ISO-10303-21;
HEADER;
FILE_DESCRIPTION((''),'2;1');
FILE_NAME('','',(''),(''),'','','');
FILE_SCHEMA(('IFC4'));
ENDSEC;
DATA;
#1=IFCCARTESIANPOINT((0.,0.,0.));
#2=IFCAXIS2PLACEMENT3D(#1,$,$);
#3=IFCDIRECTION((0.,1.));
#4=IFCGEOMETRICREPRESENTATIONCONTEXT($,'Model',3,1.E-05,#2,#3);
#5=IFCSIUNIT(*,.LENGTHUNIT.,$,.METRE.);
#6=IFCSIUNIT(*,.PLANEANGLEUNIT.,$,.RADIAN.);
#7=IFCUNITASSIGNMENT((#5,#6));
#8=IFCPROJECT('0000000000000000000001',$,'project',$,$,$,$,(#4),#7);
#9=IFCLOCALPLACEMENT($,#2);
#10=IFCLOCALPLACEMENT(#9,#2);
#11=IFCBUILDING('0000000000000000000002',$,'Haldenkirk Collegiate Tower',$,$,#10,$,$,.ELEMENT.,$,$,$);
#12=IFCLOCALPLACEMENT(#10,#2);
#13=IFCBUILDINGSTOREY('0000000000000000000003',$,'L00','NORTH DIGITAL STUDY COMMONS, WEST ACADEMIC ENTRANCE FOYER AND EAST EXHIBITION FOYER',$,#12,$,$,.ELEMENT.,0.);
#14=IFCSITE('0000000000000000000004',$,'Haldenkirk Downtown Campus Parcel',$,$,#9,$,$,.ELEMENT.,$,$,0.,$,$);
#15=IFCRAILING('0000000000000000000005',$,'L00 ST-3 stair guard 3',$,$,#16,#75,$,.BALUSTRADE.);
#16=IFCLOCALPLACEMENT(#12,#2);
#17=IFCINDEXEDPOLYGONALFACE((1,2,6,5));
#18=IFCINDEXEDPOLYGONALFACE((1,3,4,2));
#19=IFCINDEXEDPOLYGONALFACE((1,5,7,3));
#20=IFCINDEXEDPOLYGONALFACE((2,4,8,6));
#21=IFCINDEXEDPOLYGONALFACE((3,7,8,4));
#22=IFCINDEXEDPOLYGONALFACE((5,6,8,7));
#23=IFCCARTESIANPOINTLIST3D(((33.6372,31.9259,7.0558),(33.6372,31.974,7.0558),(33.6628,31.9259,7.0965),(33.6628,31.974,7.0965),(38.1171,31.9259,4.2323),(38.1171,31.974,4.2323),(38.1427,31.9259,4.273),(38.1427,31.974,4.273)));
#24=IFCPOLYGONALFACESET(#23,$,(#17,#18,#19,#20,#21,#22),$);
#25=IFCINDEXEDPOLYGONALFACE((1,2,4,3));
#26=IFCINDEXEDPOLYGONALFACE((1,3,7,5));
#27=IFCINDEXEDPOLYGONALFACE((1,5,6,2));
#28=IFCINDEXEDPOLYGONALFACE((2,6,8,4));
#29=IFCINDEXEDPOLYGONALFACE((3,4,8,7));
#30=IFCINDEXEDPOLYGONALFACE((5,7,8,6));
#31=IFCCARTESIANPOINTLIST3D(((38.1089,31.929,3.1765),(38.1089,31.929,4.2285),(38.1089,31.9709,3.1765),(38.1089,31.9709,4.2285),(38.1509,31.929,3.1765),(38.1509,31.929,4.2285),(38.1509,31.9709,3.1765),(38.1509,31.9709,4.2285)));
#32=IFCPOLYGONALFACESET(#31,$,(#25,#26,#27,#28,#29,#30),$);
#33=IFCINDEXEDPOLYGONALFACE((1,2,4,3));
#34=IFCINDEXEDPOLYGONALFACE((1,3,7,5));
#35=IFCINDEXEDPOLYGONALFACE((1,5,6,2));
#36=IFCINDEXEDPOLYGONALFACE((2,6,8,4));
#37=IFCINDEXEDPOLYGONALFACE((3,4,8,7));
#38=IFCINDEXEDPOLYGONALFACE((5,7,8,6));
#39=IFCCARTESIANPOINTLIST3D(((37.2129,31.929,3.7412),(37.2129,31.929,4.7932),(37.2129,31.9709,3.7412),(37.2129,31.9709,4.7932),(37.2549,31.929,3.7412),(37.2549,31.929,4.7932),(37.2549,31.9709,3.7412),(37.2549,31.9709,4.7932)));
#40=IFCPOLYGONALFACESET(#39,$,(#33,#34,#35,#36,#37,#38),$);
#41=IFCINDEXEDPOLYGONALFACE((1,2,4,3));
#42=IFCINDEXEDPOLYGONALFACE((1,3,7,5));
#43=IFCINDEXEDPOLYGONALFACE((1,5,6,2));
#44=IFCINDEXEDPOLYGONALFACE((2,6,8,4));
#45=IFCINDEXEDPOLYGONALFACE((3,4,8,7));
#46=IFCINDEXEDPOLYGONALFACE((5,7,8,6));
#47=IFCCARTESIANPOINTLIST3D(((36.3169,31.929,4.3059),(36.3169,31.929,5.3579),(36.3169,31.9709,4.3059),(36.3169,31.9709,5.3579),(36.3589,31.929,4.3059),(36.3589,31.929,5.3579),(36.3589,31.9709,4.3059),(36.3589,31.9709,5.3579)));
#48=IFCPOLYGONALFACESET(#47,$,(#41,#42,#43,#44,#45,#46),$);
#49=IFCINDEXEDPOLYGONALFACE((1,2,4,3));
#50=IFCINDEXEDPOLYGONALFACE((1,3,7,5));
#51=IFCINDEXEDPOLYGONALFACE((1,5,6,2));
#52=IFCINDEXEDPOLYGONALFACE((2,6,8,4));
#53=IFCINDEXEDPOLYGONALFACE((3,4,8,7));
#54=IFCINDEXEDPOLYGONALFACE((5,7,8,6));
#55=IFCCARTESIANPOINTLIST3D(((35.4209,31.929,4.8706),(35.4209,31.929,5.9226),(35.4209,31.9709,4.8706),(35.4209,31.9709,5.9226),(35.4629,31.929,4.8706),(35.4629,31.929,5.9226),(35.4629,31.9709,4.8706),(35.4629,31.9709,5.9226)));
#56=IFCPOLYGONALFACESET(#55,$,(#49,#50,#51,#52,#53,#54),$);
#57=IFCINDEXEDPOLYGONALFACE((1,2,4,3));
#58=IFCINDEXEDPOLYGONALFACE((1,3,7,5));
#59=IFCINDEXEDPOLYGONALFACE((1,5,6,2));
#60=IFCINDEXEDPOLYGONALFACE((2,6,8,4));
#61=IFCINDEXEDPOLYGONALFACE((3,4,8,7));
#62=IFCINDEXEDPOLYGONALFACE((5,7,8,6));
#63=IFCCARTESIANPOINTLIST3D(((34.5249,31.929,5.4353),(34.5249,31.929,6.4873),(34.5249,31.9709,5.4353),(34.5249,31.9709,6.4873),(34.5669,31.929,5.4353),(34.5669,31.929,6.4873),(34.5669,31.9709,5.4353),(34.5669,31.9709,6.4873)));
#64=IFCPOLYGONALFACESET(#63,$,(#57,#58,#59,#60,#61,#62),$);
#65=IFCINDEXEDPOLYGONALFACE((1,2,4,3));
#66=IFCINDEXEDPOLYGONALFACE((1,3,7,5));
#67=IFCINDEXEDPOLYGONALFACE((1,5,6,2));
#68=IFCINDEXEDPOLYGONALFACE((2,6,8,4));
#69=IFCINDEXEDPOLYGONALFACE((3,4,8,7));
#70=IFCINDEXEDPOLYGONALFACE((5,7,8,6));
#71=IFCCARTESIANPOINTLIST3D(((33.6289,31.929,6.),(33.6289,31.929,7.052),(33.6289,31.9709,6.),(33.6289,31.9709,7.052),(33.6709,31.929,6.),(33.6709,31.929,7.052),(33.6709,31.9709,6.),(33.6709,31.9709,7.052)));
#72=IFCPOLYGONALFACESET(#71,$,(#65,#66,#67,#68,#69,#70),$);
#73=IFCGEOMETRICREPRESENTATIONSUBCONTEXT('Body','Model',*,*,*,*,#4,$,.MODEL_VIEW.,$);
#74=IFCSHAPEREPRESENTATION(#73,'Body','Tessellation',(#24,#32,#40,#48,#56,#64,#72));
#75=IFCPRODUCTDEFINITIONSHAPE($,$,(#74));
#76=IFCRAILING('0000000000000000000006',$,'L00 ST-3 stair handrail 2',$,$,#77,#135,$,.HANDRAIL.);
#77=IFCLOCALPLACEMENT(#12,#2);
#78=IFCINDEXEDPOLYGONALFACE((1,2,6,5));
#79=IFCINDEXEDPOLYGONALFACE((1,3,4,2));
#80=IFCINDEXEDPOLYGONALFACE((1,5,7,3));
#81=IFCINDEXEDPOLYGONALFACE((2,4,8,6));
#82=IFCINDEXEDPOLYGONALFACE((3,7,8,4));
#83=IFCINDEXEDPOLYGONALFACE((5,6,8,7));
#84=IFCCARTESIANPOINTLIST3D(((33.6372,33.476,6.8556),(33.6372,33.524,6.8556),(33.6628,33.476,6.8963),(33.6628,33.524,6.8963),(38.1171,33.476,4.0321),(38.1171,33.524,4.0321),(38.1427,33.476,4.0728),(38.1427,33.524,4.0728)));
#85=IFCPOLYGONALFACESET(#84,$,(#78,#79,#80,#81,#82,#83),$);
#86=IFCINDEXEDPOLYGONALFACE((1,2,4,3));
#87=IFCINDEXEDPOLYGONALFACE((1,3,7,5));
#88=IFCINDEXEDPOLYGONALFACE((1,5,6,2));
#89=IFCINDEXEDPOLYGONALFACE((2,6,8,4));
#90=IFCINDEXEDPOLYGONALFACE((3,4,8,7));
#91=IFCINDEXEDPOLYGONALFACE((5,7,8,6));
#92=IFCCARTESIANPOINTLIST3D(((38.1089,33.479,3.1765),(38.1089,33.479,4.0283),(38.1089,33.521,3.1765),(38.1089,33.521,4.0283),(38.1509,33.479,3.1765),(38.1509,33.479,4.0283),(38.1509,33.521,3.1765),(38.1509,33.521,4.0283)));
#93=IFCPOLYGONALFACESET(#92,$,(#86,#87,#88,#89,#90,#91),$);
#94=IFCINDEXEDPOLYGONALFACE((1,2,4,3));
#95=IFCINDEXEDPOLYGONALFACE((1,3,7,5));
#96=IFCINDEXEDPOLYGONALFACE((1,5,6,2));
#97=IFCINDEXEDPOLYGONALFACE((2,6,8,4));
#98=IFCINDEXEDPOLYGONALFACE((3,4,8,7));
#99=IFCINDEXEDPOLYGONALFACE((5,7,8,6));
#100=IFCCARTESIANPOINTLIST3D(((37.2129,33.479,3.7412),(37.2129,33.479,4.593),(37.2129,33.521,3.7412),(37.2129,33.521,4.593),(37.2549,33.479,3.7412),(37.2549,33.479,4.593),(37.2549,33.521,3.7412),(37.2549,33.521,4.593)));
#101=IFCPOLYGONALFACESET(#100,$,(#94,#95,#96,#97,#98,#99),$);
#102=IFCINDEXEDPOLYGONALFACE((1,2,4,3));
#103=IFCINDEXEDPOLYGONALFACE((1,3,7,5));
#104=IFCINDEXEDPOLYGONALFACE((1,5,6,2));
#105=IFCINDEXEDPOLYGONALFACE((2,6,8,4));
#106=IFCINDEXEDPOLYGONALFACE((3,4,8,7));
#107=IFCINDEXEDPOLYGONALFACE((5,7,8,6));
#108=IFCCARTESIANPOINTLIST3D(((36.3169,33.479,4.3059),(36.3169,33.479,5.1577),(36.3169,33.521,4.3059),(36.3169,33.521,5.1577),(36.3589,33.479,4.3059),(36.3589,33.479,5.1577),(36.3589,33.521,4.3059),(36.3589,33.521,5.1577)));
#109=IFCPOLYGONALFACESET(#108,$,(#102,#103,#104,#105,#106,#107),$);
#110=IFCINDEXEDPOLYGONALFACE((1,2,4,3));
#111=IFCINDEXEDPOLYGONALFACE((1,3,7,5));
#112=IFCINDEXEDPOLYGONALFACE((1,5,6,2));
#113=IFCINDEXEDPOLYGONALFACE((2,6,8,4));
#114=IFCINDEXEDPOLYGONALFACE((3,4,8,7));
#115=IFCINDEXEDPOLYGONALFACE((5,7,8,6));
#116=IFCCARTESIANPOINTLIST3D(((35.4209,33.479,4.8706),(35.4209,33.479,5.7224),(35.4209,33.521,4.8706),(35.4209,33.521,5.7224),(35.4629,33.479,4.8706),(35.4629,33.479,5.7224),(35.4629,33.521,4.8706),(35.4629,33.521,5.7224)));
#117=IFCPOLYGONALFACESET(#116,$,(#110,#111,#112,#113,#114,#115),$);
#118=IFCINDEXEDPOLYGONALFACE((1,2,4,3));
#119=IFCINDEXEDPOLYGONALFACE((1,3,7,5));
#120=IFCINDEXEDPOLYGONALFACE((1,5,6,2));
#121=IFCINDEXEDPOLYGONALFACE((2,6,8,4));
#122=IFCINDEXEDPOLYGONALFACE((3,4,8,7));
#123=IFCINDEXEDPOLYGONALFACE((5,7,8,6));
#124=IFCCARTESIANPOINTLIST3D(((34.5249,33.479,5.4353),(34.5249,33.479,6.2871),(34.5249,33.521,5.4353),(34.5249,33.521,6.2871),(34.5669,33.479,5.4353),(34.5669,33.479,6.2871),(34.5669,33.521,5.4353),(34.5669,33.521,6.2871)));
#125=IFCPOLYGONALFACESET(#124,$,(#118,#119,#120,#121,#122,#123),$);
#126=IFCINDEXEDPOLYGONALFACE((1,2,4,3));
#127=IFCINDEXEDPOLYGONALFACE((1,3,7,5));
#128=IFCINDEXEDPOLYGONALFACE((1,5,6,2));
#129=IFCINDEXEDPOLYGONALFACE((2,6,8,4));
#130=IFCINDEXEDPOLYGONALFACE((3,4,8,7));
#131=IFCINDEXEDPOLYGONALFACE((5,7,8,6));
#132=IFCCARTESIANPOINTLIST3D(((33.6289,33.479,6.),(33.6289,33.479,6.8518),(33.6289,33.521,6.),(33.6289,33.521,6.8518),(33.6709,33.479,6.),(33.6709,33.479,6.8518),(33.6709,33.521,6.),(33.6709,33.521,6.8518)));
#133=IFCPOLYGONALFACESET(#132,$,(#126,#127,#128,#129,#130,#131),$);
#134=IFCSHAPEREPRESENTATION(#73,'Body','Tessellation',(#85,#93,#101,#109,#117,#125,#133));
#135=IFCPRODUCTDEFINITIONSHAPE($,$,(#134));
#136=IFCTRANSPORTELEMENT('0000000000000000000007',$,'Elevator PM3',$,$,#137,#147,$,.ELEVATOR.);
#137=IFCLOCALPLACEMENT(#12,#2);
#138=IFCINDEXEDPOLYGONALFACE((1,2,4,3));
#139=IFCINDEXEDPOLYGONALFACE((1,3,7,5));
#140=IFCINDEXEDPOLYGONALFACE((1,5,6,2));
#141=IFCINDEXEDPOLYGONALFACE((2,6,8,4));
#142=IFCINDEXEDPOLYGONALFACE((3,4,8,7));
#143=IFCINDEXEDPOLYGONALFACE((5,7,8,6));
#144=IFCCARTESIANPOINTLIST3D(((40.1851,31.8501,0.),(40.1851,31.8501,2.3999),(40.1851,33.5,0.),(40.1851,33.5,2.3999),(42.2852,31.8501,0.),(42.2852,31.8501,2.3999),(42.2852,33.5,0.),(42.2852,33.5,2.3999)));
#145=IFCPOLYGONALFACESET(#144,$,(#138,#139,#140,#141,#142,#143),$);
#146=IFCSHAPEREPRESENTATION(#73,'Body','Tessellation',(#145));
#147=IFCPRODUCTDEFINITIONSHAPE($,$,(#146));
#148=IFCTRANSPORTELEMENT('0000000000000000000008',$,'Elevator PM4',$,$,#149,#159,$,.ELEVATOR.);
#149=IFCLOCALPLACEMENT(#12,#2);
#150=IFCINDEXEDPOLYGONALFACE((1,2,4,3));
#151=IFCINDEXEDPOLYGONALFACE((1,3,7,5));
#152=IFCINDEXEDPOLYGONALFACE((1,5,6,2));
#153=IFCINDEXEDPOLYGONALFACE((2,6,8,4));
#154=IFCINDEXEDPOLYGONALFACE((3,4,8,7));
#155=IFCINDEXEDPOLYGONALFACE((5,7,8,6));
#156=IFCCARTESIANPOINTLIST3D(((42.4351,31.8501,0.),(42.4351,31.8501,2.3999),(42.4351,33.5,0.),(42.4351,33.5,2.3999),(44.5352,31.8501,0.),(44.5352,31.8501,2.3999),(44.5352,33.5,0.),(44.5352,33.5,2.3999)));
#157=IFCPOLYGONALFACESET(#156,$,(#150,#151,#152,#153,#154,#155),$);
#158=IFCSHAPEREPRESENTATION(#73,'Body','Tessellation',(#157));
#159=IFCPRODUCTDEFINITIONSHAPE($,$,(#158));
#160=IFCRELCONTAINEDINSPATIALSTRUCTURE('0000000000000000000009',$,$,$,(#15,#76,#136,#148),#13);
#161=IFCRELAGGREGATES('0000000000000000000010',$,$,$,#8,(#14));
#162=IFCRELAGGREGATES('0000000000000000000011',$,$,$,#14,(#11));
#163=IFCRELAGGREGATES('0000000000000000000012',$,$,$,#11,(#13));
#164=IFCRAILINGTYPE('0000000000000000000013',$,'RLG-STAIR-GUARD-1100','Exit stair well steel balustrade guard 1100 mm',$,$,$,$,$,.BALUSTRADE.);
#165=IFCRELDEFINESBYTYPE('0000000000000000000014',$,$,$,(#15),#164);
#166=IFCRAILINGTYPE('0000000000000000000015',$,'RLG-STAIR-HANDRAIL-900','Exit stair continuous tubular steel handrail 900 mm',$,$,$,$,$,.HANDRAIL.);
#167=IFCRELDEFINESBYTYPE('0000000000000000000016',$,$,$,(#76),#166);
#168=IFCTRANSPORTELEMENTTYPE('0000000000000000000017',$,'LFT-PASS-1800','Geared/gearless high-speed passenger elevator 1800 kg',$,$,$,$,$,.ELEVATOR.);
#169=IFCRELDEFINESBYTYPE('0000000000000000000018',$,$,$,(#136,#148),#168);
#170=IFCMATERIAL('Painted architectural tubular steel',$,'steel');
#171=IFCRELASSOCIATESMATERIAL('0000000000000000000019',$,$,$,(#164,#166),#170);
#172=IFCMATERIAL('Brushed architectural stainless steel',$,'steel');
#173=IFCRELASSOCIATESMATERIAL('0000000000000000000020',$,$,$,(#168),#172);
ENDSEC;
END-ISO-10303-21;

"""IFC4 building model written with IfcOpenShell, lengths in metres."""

from ifc_helpers import new_model, si_unit, direction, frame, origin, origin_2d, place, context, subcontext, project, spatial, rectangle, extrude, material, type_object, element, save


model = new_model("IFC4")

# Units and contexts
model_context = context("Model", 3, precision=1e-05, world=origin(), true_north=direction((0.0, 1.0)))
body_context = subcontext(model_context, "Body", "Model", "MODEL_VIEW")
ifc_project = project(units=[si_unit("LENGTHUNIT", "METRE"), si_unit("PLANEANGLEUNIT", "RADIAN")], contexts=[model_context])

# Site, building, storey
site_placement = place(None, origin())
site = spatial("IfcSite", under=ifc_project, at=site_placement, Name="Haldenkirk Downtown Campus Parcel", CompositionType="ELEMENT", RefElevation=0.0)
building_placement = place(site_placement, origin())
building = spatial("IfcBuilding", under=site, at=building_placement, Name="Haldenkirk Collegiate Tower", CompositionType="ELEMENT")
storey_placement = place(building_placement, origin())
storey = spatial("IfcBuildingStorey", under=building, at=storey_placement, Name="L00", Description="NORTH DIGITAL STUDY COMMONS, WEST ACADEMIC ENTRANCE FOYER AND EAST EXHIBITION FOYER", CompositionType="ELEMENT", Elevation=0.0)

# Railings
ifc_material_1 = material(Name="Painted architectural tubular steel", Category="steel")
railing_type_1 = type_object("IfcRailingType", Name="RLG-STAIR-GUARD-1100", Description="Exit stair well steel balustrade guard 1100 mm", PredefinedType="BALUSTRADE", material=ifc_material_1)
railing_1_placement = place(storey_placement, frame((38.1299, 31.95, 3.1765)))
element("IfcRailing", 1, at=railing_1_placement, inside=storey, type_object=railing_type_1, Name="L00 ST-3 stair guard 3", PredefinedType="BALUSTRADE", context=body_context, shape_type="SweptSolid", body=[
    extrude(rectangle(XDim=0.0481, YDim=0.0481, at=origin_2d()), frame((0.0, 0.0, 1.0762), z_axis=(-0.845998, 0.0, 0.533186), x_axis=(0.0, -1.0, 0.0)), (0.0, 0.0, 1.0), 5.2954),
    extrude(rectangle(XDim=0.042, YDim=0.042, at=origin_2d()), origin(), (0.0, 0.0, 1.0), 1.052),
    extrude(rectangle(XDim=0.042, YDim=0.042, at=origin_2d()), frame((-0.896, 0.0, 0.5647)), (0.0, 0.0, 1.0), 1.052),
    extrude(rectangle(XDim=0.042, YDim=0.042, at=origin_2d()), frame((-1.792, 0.0, 1.1294)), (0.0, 0.0, 1.0), 1.052),
    extrude(rectangle(XDim=0.042, YDim=0.042, at=origin_2d()), frame((-2.688, 0.0, 1.6941)), (0.0, 0.0, 1.0), 1.052),
    extrude(rectangle(XDim=0.042, YDim=0.042, at=origin_2d()), frame((-3.584, 0.0, 2.2588)), (0.0, 0.0, 1.0), 1.052),
    extrude(rectangle(XDim=0.042, YDim=0.042, at=origin_2d()), frame((-4.48, 0.0, 2.8235)), (0.0, 0.0, 1.0), 1.052),
])
railing_type_2 = type_object("IfcRailingType", Name="RLG-STAIR-HANDRAIL-900", Description="Exit stair continuous tubular steel handrail 900 mm", PredefinedType="HANDRAIL", material=ifc_material_1)
railing_2_placement = place(storey_placement, frame((38.1299, 33.5, 3.1765)))
element("IfcRailing", 2, at=railing_2_placement, inside=storey, type_object=railing_type_2, Name="L00 ST-3 stair handrail 2", PredefinedType="HANDRAIL", context=body_context, shape_type="SweptSolid", body=[
    extrude(rectangle(XDim=0.0481, YDim=0.0481, at=origin_2d()), frame((0.0, 0.0, 0.876), z_axis=(-0.845998, 0.0, 0.533186), x_axis=(0.0, -1.0, 0.0)), (0.0, 0.0, 1.0), 5.2954),
    extrude(rectangle(XDim=0.042, YDim=0.042, at=origin_2d()), origin(), (0.0, 0.0, 1.0), 0.8518),
    extrude(rectangle(XDim=0.042, YDim=0.042, at=origin_2d()), frame((-0.896, 0.0, 0.5647)), (0.0, 0.0, 1.0), 0.8518),
    extrude(rectangle(XDim=0.042, YDim=0.042, at=origin_2d()), frame((-1.792, 0.0, 1.1294)), (0.0, 0.0, 1.0), 0.8518),
    extrude(rectangle(XDim=0.042, YDim=0.042, at=origin_2d()), frame((-2.688, 0.0, 1.6941)), (0.0, 0.0, 1.0), 0.8518),
    extrude(rectangle(XDim=0.042, YDim=0.042, at=origin_2d()), frame((-3.584, 0.0, 2.2588)), (0.0, 0.0, 1.0), 0.8518),
    extrude(rectangle(XDim=0.042, YDim=0.042, at=origin_2d()), frame((-4.48, 0.0, 2.8235)), (0.0, 0.0, 1.0), 0.8518),
])

# Transport elements
ifc_material_2 = material(Name="Brushed architectural stainless steel", Category="steel")
transport_element_type = type_object("IfcTransportElementType", Name="LFT-PASS-1800", Description="Geared/gearless high-speed passenger elevator 1800 kg", PredefinedType="ELEVATOR", material=ifc_material_2)
for number, where, z_axis, x_axis, name in (
    (3, (41.2351, 32.675, 0.0), (0.0, 0.0, 1.0), (1.0, 0.0, 0.0), "Elevator PM3"),
    (4, (43.4851, 32.675, 0.0), (0.0, 0.0, 1.0), (1.0, 0.0, 0.0), "Elevator PM4"),
):
    element("IfcTransportElement", number, at=place(storey_placement, frame(where, z_axis=z_axis, x_axis=x_axis)), inside=storey, type_object=transport_element_type, Name=name, PredefinedType="ELEVATOR", context=body_context, shape_type="SweptSolid", body=[
        extrude(rectangle(XDim=2.1001, YDim=1.6499, at=origin_2d()), origin(), (0.0, 0.0, 1.0), 2.3999),
    ])

save(model, "model.ifc")
